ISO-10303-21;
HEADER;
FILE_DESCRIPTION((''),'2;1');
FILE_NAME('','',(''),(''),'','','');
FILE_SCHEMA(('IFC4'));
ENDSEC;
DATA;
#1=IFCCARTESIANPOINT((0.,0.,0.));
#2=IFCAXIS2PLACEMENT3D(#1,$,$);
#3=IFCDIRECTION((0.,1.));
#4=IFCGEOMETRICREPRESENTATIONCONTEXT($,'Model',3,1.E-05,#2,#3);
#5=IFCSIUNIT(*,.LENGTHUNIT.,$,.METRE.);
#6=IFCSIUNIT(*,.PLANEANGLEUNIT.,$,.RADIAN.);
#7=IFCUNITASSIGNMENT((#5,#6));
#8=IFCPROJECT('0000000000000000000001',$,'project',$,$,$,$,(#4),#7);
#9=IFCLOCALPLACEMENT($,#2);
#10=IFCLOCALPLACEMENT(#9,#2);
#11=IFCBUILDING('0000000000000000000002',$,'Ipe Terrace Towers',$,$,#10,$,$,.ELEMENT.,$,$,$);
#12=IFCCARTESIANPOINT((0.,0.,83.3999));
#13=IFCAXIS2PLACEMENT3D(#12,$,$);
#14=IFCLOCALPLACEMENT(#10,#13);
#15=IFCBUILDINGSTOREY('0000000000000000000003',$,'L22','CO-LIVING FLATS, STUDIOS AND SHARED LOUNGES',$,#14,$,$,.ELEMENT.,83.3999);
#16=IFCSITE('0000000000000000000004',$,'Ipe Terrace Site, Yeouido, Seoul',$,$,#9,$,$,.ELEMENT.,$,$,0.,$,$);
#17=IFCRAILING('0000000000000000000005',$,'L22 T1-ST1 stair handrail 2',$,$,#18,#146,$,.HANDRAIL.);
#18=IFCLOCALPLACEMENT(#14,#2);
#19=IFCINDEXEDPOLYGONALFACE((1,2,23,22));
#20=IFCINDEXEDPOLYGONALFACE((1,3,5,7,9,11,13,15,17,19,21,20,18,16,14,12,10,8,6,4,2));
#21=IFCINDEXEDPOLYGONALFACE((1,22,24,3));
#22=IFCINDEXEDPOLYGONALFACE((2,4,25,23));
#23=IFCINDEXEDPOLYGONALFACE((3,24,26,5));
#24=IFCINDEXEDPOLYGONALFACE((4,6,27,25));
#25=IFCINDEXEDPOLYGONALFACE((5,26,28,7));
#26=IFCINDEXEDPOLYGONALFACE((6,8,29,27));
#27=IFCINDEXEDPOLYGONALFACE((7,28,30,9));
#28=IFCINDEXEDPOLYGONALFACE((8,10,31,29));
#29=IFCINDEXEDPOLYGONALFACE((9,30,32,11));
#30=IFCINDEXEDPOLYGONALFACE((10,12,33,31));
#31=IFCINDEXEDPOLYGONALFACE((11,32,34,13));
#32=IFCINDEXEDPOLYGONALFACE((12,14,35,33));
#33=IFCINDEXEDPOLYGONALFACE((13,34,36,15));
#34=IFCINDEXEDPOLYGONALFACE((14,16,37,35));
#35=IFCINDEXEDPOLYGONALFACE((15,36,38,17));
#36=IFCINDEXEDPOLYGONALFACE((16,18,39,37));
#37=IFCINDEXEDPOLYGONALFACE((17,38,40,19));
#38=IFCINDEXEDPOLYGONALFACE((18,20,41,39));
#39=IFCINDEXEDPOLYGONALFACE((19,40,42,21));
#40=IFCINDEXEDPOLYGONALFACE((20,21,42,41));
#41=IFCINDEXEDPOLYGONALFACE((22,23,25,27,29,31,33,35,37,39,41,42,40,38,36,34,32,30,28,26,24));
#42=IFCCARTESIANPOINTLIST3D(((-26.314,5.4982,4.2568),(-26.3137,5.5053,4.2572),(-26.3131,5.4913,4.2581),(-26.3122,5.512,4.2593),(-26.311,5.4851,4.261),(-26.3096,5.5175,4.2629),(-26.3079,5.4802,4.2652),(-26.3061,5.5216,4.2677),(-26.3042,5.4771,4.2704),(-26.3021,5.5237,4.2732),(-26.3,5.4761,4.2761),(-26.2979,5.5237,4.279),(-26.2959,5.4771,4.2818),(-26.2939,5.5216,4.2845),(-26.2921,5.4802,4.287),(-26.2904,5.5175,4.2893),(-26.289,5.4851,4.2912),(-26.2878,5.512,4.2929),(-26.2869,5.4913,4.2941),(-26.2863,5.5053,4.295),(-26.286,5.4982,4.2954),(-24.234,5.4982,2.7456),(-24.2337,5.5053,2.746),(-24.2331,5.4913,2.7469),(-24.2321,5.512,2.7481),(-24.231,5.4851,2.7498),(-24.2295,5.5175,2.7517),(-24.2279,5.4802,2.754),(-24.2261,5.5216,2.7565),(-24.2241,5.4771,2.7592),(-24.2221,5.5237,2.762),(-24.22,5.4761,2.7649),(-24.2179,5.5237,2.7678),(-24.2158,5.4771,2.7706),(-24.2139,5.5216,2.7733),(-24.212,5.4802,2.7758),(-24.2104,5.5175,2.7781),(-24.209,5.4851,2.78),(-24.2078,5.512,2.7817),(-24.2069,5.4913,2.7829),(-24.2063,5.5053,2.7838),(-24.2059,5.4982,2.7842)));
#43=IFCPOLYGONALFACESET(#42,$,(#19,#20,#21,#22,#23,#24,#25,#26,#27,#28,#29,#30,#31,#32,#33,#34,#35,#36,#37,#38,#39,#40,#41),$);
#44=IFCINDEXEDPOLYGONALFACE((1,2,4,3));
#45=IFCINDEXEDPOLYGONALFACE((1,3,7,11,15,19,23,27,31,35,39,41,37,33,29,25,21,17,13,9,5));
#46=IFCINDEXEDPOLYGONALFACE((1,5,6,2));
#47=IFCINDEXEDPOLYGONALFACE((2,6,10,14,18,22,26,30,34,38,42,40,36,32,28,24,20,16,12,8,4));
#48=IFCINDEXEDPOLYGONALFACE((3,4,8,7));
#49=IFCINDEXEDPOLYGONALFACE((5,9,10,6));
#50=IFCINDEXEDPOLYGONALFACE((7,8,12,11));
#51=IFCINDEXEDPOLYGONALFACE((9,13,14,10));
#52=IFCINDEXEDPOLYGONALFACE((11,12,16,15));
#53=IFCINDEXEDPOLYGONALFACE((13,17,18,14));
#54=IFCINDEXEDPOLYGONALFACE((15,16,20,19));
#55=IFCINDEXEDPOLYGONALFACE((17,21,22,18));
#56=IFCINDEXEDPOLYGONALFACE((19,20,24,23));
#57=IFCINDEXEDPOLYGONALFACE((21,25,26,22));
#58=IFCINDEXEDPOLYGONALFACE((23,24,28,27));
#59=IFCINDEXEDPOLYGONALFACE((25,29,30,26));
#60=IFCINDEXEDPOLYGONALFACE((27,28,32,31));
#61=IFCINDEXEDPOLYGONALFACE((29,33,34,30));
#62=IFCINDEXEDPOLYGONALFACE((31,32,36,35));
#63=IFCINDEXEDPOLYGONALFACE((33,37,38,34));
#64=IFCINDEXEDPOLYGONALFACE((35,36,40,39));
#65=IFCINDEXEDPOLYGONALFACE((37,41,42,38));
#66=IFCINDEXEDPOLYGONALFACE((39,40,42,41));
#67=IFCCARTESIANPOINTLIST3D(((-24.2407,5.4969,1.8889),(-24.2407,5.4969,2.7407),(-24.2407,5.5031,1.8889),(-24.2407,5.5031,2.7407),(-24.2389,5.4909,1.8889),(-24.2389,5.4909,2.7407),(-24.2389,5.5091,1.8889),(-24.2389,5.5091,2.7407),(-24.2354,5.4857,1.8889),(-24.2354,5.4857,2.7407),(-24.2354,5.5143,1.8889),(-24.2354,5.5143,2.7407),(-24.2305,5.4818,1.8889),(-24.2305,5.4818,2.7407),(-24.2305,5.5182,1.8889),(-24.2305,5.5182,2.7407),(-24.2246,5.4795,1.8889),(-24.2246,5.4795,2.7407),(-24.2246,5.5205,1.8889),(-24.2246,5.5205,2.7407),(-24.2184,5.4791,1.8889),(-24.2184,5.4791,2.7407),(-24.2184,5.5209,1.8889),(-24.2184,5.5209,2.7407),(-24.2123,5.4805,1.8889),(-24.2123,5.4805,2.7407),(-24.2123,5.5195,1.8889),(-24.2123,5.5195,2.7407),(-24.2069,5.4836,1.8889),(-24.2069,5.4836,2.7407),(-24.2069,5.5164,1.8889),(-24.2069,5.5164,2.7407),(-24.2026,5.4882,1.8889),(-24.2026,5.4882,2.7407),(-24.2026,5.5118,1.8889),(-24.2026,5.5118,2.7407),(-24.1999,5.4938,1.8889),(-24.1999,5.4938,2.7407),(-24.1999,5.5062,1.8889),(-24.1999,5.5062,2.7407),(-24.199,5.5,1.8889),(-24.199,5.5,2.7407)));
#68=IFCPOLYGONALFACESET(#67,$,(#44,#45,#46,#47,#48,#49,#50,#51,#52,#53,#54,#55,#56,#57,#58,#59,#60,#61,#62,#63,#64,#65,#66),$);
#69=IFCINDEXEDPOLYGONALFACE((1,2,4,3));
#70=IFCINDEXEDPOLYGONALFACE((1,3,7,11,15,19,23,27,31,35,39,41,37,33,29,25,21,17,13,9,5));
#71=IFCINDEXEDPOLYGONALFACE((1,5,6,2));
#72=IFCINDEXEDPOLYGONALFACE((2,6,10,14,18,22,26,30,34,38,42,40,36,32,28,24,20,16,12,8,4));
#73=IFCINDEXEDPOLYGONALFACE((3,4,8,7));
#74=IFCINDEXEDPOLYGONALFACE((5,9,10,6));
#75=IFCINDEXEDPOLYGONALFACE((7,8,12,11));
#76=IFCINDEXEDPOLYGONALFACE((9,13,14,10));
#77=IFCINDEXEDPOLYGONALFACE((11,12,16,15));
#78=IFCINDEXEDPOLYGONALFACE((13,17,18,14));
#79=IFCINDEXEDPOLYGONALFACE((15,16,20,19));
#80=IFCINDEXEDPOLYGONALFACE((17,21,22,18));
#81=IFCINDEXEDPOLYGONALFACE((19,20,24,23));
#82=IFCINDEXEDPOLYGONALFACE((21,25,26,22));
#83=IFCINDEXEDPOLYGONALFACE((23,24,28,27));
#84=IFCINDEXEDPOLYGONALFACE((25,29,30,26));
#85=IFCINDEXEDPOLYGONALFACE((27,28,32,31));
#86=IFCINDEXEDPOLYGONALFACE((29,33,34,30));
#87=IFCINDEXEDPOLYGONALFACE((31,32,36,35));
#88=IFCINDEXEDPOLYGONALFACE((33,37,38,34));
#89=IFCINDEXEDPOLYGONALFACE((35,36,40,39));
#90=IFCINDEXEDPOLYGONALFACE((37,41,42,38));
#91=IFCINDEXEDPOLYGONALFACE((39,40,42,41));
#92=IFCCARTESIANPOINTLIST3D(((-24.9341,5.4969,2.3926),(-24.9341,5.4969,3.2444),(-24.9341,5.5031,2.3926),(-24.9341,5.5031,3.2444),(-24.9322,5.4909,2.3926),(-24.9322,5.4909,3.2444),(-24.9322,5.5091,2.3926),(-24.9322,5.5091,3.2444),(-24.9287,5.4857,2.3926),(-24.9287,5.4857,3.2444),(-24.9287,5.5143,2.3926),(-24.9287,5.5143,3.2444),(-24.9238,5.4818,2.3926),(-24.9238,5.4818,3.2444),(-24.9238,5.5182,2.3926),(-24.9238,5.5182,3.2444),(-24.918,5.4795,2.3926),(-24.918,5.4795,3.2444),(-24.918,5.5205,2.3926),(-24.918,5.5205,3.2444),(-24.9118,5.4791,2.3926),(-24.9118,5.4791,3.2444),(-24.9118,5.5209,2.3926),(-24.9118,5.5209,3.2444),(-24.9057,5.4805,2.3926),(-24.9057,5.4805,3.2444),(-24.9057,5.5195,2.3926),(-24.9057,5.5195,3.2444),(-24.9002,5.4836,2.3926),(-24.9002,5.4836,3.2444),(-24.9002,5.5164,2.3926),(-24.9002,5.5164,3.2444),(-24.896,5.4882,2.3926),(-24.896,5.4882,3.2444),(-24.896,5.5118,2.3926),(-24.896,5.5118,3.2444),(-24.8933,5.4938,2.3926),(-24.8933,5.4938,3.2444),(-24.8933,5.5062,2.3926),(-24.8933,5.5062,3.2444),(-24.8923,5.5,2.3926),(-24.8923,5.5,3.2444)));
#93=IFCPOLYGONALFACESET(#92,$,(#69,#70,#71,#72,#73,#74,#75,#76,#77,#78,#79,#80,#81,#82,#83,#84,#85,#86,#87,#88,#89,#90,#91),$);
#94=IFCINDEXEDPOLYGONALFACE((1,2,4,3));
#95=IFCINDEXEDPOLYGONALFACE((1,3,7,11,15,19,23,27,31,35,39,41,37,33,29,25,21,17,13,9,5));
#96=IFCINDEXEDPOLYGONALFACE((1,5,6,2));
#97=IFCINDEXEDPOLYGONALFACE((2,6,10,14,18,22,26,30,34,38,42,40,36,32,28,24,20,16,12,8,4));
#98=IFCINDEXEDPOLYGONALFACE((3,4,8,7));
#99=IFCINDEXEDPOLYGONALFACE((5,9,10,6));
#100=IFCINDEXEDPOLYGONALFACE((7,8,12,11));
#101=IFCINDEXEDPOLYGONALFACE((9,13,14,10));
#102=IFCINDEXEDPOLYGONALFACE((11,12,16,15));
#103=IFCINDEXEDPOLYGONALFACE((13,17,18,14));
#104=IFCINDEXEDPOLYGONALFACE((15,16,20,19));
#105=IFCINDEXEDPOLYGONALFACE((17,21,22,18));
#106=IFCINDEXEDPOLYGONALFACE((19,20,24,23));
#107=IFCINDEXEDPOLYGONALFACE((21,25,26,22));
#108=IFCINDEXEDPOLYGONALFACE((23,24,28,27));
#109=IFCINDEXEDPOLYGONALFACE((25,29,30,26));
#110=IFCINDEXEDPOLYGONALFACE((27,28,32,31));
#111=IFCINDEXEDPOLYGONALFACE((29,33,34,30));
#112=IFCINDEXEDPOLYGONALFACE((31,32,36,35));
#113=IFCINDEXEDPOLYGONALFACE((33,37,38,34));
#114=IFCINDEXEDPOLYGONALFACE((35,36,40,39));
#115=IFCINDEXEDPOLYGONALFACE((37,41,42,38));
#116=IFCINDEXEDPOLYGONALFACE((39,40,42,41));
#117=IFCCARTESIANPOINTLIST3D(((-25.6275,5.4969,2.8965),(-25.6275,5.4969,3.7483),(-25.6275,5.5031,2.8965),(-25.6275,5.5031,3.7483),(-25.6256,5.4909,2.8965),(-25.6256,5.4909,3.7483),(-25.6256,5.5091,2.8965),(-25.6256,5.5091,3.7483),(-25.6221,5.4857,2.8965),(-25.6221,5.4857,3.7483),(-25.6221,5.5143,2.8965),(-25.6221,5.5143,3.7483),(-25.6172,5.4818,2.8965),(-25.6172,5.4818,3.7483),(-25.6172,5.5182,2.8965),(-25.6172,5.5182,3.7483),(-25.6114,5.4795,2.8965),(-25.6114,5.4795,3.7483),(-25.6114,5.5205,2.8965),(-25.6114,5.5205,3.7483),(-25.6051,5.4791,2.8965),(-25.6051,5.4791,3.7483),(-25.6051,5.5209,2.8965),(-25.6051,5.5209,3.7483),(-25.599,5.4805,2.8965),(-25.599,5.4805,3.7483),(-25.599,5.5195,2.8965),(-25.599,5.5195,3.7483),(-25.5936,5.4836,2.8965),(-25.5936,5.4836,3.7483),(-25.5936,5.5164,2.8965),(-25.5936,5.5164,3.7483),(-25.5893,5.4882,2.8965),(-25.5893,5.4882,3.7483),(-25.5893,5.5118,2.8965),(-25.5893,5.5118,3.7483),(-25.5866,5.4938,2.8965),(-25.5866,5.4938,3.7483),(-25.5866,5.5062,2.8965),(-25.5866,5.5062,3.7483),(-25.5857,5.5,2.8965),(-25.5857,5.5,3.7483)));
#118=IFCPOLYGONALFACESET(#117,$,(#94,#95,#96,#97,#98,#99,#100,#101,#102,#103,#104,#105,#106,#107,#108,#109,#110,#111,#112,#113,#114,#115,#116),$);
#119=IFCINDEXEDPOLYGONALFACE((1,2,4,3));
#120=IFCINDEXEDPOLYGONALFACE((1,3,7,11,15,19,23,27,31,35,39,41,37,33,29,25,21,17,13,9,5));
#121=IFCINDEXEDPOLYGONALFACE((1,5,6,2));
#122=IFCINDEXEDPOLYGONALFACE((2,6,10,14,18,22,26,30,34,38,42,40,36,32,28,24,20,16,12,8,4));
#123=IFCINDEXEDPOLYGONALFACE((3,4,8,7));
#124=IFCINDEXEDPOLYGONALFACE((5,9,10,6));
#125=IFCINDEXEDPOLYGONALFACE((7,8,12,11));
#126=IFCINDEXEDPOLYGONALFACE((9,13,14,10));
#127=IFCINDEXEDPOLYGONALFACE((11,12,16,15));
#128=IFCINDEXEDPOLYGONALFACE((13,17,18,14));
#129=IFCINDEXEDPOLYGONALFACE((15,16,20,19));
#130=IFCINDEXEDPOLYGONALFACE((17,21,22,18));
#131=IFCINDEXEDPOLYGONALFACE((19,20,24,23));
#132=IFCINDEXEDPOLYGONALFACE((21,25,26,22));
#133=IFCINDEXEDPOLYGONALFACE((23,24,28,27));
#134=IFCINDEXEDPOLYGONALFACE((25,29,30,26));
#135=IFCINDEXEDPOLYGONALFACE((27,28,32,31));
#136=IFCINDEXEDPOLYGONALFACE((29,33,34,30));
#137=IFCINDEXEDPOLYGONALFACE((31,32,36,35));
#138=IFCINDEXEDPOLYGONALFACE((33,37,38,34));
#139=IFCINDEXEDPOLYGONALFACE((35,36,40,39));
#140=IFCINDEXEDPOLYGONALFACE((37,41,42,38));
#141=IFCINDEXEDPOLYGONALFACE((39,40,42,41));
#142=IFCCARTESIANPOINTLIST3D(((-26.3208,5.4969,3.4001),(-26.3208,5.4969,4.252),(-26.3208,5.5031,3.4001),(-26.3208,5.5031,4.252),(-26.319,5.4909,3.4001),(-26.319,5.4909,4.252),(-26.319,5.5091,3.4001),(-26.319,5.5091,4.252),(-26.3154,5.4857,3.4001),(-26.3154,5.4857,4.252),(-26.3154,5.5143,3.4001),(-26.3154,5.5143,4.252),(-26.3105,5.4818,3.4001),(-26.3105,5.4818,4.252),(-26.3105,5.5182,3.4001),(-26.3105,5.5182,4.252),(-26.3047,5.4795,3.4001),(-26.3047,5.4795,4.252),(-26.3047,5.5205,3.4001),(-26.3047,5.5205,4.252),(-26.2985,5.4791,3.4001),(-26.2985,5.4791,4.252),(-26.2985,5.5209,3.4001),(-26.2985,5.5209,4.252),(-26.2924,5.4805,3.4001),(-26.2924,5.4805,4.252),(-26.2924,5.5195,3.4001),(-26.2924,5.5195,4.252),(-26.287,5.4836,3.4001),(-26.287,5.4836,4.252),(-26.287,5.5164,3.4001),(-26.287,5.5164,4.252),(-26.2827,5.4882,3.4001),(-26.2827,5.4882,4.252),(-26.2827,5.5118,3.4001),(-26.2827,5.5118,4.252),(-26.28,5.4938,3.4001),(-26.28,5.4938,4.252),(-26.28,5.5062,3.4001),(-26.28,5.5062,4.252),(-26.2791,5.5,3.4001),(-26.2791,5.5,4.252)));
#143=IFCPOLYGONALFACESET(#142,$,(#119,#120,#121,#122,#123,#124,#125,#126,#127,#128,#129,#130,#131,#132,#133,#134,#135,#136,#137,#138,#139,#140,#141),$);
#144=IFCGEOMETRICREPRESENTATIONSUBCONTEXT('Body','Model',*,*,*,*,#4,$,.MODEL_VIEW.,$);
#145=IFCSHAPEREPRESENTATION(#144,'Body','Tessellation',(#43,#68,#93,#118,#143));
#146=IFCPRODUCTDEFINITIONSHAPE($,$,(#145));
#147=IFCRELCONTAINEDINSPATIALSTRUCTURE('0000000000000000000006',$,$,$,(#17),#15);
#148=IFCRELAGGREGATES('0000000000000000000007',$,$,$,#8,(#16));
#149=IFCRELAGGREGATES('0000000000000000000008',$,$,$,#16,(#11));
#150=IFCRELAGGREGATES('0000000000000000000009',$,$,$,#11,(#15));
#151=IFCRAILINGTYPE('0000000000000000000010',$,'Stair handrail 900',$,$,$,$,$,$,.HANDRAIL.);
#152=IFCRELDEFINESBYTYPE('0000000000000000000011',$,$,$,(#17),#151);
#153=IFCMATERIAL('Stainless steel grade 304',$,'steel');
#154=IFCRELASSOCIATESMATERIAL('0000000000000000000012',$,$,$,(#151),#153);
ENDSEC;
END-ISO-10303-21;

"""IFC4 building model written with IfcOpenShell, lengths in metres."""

from ifc_helpers import new_model, si_unit, direction, frame, origin, origin_2d, place, context, subcontext, project, spatial, circle, extrude, material, type_object, element, save


model = new_model("IFC4")

# Units and contexts
model_context = context("Model", 3, precision=1e-05, world=origin(), true_north=direction((0.0, 1.0)))
body_context = subcontext(model_context, "Body", "Model", "MODEL_VIEW")
ifc_project = project(units=[si_unit("LENGTHUNIT", "METRE"), si_unit("PLANEANGLEUNIT", "RADIAN")], contexts=[model_context])

# Site, building, storey
site_placement = place(None, origin())
site = spatial("IfcSite", under=ifc_project, at=site_placement, Name="Ipe Terrace Site, Yeouido, Seoul", CompositionType="ELEMENT", RefElevation=0.0)
building_placement = place(site_placement, origin())
building = spatial("IfcBuilding", under=site, at=building_placement, Name="Ipe Terrace Towers", CompositionType="ELEMENT")
storey_placement = place(building_placement, frame((0.0, 0.0, 83.3999)))
storey = spatial("IfcBuildingStorey", under=building, at=storey_placement, Name="L22", Description="CO-LIVING FLATS, STUDIOS AND SHARED LOUNGES", CompositionType="ELEMENT", Elevation=83.3999)

# Railing
ifc_material_1 = material(Name="Stainless steel grade 304", Category="steel")
railing_type_1 = type_object("IfcRailingType", Name="Stair handrail 900", PredefinedType="HANDRAIL", material=ifc_material_1)
railing_1_placement = place(storey_placement, frame((-24.22, 5.5, 1.8889)))
element("IfcRailing", 1, at=railing_1_placement, inside=storey, type_object=railing_type_1, Name="L22 T1-ST1 stair handrail 2", PredefinedType="HANDRAIL", context=body_context, shape_type="SweptSolid", body=[
    extrude(circle(Radius=0.0239, at=origin_2d()), frame((0.0, 0.0, 0.876), z_axis=(-0.809023, 0.0, 0.587776), x_axis=(0.0, -1.0, 0.0)), (0.0, 0.0, 1.0), 2.571),
    extrude(circle(Radius=0.021, at=origin_2d()), origin(), (0.0, 0.0, 1.0), 0.8518),
    extrude(circle(Radius=0.021, at=origin_2d()), frame((-0.6934, 0.0, 0.5037)), (0.0, 0.0, 1.0), 0.8518),
    extrude(circle(Radius=0.021, at=origin_2d()), frame((-1.3867, 0.0, 1.0076)), (0.0, 0.0, 1.0), 0.8518),
    extrude(circle(Radius=0.021, at=origin_2d()), frame((-2.0801, 0.0, 1.5112)), (0.0, 0.0, 1.0), 0.8518),
])

save(model, "model.ifc")
